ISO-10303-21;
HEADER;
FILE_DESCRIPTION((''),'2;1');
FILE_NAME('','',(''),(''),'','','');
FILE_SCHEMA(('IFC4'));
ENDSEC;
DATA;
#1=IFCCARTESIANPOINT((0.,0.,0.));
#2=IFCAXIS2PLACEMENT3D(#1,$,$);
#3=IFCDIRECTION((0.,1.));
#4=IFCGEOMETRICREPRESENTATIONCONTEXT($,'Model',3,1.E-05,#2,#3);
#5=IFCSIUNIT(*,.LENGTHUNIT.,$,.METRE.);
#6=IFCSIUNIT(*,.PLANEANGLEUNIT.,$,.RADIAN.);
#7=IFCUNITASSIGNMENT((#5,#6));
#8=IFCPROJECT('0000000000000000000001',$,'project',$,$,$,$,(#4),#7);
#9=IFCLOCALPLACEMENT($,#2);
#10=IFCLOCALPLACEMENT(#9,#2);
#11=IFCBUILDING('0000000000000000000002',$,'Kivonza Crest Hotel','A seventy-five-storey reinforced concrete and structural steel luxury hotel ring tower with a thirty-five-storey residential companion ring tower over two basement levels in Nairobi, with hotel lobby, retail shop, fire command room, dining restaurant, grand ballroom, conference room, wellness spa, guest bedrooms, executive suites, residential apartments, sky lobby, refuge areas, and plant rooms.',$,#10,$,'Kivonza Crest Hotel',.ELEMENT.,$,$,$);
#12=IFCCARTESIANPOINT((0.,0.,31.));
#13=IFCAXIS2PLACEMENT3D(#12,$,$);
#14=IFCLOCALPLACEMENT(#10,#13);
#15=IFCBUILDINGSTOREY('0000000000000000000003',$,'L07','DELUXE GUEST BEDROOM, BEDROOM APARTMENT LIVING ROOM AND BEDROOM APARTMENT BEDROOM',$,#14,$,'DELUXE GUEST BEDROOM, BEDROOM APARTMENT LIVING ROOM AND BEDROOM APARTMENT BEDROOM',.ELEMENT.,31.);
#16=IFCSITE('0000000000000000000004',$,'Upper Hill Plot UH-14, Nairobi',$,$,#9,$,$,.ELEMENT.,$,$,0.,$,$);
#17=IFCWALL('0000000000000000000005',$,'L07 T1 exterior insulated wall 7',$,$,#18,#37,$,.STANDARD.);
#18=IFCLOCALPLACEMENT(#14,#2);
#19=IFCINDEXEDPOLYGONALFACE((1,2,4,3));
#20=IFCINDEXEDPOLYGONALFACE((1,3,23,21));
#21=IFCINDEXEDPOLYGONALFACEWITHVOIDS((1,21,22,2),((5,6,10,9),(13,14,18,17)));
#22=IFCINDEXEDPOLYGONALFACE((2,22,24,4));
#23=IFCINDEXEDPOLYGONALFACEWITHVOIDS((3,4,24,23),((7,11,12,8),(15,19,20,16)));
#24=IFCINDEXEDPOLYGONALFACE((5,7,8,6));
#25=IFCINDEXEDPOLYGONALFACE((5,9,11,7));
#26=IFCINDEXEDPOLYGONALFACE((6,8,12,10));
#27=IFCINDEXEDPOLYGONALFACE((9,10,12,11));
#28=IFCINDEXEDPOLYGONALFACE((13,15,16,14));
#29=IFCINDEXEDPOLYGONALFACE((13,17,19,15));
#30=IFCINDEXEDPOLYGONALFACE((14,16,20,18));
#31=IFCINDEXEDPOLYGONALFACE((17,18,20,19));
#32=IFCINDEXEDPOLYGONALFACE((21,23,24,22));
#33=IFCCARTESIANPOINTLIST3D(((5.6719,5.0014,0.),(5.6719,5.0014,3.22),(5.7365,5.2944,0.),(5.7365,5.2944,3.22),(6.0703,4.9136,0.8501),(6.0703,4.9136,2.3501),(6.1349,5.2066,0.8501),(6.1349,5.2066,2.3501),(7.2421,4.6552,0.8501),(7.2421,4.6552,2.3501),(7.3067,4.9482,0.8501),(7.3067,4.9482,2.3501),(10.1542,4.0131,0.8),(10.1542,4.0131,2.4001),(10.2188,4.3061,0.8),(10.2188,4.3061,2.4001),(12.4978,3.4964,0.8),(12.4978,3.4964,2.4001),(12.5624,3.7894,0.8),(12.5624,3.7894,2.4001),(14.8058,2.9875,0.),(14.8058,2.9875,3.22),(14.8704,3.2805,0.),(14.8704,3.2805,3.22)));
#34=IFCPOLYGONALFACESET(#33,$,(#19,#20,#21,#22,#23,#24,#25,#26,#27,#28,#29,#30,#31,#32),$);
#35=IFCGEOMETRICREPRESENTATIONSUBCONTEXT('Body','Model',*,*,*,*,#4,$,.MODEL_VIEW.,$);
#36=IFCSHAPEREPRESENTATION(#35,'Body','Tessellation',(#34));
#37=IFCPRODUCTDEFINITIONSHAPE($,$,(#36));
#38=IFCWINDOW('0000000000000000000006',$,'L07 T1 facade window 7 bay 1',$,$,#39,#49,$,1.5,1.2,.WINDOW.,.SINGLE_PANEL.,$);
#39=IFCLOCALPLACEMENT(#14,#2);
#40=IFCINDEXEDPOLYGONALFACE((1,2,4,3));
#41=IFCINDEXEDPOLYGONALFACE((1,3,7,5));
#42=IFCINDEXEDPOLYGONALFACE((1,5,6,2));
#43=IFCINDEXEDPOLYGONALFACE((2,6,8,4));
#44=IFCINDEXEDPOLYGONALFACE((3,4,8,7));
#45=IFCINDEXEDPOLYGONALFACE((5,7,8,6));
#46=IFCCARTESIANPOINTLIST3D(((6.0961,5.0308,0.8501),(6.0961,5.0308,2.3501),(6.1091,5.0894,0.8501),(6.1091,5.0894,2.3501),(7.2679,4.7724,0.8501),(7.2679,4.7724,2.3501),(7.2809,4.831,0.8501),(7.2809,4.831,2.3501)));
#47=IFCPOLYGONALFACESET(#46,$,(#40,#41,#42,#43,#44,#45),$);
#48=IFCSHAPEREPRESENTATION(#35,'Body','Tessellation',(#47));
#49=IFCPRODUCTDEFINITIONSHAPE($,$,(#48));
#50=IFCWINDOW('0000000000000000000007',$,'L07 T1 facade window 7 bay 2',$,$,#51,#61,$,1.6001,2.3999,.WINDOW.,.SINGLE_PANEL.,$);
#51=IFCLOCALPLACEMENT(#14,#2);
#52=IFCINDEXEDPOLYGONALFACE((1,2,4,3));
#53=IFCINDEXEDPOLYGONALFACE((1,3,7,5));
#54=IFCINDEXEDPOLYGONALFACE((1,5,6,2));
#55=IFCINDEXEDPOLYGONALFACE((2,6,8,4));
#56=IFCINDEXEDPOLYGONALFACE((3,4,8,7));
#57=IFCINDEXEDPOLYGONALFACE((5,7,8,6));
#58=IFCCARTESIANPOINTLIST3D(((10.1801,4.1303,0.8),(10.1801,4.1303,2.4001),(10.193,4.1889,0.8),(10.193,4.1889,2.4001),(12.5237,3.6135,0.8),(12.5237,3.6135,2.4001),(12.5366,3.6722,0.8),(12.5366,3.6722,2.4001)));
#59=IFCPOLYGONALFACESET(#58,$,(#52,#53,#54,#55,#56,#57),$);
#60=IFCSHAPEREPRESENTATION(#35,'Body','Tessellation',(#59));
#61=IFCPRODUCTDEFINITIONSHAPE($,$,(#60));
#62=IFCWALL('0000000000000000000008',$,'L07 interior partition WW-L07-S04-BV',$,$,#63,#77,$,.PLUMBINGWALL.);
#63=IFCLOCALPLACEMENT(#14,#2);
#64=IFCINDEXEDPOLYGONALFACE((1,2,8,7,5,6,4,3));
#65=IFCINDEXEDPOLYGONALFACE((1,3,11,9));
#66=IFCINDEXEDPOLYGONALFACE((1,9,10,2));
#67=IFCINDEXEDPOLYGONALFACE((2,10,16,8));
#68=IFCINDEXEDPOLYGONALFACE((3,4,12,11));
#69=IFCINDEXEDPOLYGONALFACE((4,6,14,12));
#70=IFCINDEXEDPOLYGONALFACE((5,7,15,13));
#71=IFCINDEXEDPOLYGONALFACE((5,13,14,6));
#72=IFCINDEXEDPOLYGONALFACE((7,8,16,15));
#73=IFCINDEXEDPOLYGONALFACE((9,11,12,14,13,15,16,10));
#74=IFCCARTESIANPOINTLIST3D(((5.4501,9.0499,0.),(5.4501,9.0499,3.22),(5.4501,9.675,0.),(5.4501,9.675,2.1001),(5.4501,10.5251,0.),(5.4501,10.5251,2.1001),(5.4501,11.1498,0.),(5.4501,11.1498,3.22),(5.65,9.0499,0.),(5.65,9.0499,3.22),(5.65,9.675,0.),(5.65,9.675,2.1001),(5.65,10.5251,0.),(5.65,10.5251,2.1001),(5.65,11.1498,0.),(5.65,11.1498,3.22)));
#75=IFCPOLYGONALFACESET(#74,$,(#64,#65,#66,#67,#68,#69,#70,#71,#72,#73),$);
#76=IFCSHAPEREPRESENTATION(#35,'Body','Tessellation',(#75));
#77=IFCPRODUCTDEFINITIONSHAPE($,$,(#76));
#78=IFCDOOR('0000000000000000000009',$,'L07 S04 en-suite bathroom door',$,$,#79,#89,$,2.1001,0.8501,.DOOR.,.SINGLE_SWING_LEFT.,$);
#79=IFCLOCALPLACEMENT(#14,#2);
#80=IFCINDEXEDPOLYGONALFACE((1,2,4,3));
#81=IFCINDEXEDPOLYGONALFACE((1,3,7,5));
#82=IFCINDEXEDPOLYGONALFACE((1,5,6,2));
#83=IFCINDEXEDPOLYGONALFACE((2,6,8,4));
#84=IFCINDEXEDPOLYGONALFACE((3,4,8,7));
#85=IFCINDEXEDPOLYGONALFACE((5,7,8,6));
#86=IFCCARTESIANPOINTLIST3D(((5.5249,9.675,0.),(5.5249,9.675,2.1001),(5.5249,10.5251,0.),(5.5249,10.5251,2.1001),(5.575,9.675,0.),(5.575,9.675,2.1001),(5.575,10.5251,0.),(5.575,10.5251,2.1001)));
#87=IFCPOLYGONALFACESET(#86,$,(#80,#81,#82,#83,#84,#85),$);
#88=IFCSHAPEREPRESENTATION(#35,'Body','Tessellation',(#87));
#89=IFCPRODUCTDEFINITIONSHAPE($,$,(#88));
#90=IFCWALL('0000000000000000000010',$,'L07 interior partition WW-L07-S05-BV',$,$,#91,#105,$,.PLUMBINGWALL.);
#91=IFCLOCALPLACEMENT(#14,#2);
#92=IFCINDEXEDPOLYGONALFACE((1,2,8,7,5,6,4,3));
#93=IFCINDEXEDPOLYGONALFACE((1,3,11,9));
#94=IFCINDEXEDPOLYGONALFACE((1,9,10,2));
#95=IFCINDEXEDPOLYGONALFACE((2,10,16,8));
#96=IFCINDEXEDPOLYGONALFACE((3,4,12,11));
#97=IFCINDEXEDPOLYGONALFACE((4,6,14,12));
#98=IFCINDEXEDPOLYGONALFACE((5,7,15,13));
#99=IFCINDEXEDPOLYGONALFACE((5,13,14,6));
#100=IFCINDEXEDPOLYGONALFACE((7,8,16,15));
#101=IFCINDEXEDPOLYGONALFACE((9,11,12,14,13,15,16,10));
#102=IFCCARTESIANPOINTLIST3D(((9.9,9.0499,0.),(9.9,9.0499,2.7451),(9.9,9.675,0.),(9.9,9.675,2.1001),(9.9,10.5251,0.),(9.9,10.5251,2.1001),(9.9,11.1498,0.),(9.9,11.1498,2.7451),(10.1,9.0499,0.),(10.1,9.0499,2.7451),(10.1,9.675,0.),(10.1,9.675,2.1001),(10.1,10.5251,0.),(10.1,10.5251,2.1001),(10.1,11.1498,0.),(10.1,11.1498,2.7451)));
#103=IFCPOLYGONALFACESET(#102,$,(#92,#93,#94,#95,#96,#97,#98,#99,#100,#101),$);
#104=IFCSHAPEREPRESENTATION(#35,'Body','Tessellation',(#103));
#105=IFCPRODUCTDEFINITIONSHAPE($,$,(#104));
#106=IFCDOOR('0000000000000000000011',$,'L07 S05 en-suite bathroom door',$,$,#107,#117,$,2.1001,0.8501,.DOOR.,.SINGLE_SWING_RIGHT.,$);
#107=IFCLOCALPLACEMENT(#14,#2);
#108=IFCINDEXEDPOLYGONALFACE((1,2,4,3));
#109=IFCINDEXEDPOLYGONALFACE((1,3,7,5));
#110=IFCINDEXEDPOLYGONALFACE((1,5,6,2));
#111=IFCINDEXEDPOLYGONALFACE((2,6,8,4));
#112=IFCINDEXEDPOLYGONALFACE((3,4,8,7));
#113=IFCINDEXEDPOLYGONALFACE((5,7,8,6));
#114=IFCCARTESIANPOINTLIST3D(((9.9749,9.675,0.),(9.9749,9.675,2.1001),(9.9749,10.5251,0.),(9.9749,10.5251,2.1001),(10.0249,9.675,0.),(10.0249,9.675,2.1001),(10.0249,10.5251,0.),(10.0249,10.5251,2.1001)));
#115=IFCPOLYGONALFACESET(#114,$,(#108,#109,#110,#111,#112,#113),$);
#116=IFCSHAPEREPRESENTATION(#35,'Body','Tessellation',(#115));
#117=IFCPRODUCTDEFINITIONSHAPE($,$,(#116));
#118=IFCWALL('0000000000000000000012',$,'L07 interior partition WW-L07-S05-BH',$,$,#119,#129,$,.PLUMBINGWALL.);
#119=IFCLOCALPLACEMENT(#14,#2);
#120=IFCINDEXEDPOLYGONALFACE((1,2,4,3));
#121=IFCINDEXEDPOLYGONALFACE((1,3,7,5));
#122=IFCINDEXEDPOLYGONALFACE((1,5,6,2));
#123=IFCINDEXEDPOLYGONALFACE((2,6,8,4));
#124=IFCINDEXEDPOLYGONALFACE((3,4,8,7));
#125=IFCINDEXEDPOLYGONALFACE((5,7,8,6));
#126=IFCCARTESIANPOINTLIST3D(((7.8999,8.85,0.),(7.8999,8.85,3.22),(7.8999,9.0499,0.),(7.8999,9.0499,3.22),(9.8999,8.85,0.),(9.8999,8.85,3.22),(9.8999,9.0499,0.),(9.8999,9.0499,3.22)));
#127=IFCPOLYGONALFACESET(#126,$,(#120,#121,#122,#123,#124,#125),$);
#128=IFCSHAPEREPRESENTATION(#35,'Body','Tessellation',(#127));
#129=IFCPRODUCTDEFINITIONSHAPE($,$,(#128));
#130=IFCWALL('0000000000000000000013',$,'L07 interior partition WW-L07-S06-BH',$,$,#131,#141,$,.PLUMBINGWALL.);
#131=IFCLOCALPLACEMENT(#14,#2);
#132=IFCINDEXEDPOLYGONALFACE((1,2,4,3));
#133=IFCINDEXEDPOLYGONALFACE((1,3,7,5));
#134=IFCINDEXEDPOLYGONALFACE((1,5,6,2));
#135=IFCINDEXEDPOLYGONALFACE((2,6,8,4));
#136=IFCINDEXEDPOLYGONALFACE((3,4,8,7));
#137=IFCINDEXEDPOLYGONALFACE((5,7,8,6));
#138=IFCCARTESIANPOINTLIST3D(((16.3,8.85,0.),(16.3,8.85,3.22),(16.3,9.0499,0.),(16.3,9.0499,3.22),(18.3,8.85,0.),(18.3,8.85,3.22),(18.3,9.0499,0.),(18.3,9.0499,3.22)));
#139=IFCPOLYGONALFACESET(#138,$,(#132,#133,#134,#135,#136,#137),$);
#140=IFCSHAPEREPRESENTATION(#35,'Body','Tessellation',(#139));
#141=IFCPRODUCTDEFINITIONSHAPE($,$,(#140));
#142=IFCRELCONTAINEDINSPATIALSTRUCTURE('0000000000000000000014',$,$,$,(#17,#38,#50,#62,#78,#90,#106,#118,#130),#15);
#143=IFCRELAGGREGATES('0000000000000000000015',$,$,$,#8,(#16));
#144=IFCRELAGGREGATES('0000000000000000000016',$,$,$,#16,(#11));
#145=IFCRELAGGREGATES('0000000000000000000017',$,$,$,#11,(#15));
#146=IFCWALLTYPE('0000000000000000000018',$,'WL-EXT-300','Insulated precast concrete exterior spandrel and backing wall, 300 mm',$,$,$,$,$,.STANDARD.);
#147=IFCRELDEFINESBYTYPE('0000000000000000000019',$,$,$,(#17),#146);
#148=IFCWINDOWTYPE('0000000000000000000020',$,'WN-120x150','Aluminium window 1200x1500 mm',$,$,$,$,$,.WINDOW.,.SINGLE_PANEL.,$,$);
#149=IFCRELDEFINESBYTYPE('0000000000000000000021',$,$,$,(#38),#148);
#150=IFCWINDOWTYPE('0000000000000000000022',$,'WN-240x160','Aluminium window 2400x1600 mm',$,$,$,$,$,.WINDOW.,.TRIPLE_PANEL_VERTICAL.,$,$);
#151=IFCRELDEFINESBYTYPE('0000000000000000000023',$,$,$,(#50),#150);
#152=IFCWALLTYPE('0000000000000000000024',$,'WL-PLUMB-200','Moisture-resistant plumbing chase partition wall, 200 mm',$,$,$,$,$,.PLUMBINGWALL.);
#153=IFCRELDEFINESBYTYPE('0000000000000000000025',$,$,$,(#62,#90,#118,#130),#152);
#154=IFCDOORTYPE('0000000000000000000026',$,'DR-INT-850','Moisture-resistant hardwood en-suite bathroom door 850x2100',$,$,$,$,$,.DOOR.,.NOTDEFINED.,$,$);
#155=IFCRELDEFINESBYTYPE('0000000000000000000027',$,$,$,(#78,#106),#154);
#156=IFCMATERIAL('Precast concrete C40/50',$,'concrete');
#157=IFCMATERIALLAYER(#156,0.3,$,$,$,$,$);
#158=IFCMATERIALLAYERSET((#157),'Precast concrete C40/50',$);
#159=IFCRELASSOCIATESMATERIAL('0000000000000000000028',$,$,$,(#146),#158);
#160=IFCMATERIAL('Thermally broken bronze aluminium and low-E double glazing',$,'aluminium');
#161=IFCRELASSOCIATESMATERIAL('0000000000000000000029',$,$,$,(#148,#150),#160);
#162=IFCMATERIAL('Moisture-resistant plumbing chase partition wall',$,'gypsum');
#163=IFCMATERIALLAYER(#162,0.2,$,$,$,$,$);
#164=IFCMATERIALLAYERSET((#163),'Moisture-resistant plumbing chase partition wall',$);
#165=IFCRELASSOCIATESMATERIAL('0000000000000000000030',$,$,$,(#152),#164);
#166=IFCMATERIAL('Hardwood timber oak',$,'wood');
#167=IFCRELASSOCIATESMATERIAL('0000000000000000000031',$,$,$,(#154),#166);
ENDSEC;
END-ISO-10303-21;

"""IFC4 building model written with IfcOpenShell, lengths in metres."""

from ifc_helpers import new_model, si_unit, direction, frame, frame_2d, origin, place, context, subcontext, project, spatial, rectangle, extrude, material, layer, layer_set, type_object, element, fill, save


model = new_model("IFC4")

# Units and contexts
model_context = context("Model", 3, precision=1e-05, world=origin(), true_north=direction((0.0, 1.0)))
body_context = subcontext(model_context, "Body", "Model", "MODEL_VIEW")
ifc_project = project(units=[si_unit("LENGTHUNIT", "METRE"), si_unit("PLANEANGLEUNIT", "RADIAN")], contexts=[model_context])

# Site, building, storey
site_placement = place(None, origin())
site = spatial("IfcSite", under=ifc_project, at=site_placement, Name="Upper Hill Plot UH-14, Nairobi", CompositionType="ELEMENT", RefElevation=0.0)
building_placement = place(site_placement, origin())
building = spatial("IfcBuilding", under=site, at=building_placement, Name="Kivonza Crest Hotel", Description="A seventy-five-storey reinforced concrete and structural steel luxury hotel ring tower with a thirty-five-storey residential companion ring tower over two basement levels in Nairobi, with hotel lobby, retail shop, fire command room, dining restaurant, grand ballroom, conference room, wellness spa, guest bedrooms, executive suites, residential apartments, sky lobby, refuge areas, and plant rooms.", LongName="Kivonza Crest Hotel", CompositionType="ELEMENT")
storey_placement = place(building_placement, frame((0.0, 0.0, 31.0)))
storey = spatial("IfcBuildingStorey", under=building, at=storey_placement, Name="L07", Description="DELUXE GUEST BEDROOM, BEDROOM APARTMENT LIVING ROOM AND BEDROOM APARTMENT BEDROOM", LongName="DELUXE GUEST BEDROOM, BEDROOM APARTMENT LIVING ROOM AND BEDROOM APARTMENT BEDROOM", CompositionType="ELEMENT", Elevation=31.0)

# Wall, openings, windows
ifc_material_1 = material(Name="Precast concrete C40/50", Category="concrete")
ifc_layer_1 = layer(ifc_material_1, 0.3)
ifc_layer_set_1 = layer_set([ifc_layer_1], Name="Precast concrete C40/50")
wall_type_1 = type_object("IfcWallType", Name="WL-EXT-300", Description="Insulated precast concrete exterior spandrel and backing wall, 300 mm", PredefinedType="STANDARD", material=ifc_layer_set_1)
wall_1_placement = place(storey_placement, frame((5.7041, 5.1479, 0.0), z_axis=(0.0, 0.0, 1.0), x_axis=(0.976544, -0.215319, 0.0)))
wall_1 = element("IfcWall", 1, at=wall_1_placement, inside=storey, type_object=wall_type_1, Name="L07 T1 exterior insulated wall 7", PredefinedType="STANDARD", context=body_context, shape_type="SweptSolid", body=[
    extrude(rectangle(XDim=9.3533, YDim=0.3, at=frame_2d((4.6768, 0.0))), origin(), (0.0, 0.0, 1.0), 3.22),
])
opening_1_placement = place(wall_1_placement, frame((0.408, 0.0, 0.8501)))
opening_1 = element("IfcOpeningElement", 2, at=opening_1_placement, cuts=wall_1, PredefinedType="OPENING", context=body_context, shape_type="SweptSolid", body=[
    extrude(rectangle(XDim=1.2, YDim=1.5, at=frame_2d((0.6001, 0.75))), frame((0.0, 0.1602, 0.0), z_axis=(0.0, -1.0, 0.0), x_axis=(1.0, 0.0, 0.0)), (0.0, 0.0, 1.0), 0.3201),
])
opening_2_placement = place(wall_1_placement, frame((4.5901, 0.0, 0.8)))
opening_2 = element("IfcOpeningElement", 3, at=opening_2_placement, cuts=wall_1, PredefinedType="OPENING", context=body_context, shape_type="SweptSolid", body=[
    extrude(rectangle(XDim=2.3999, YDim=1.6001, at=frame_2d((1.2, 0.8))), frame((0.0, 0.1602, 0.0), z_axis=(0.0, -1.0, 0.0), x_axis=(1.0, 0.0, 0.0)), (0.0, 0.0, 1.0), 0.3201),
])
ifc_material_2 = material(Name="Thermally broken bronze aluminium and low-E double glazing", Category="aluminium")
window_type_1 = type_object("IfcWindowType", Name="WN-120x150", Description="Aluminium window 1200x1500 mm", PartitioningType="SINGLE_PANEL", PredefinedType="WINDOW", material=ifc_material_2)
window_1_placement = place(opening_1_placement, origin())
window_1 = element("IfcWindow", 4, at=window_1_placement, inside=storey, type_object=window_type_1, Name="L07 T1 facade window 7 bay 1", OverallHeight=1.5, OverallWidth=1.2, PartitioningType="SINGLE_PANEL", PredefinedType="WINDOW", context=body_context, shape_type="SweptSolid", body=[
    extrude(rectangle(XDim=1.2, YDim=1.5, at=frame_2d((0.6001, 0.75))), frame((0.0, 0.03, 0.0), z_axis=(0.0, -1.0, 0.0), x_axis=(1.0, 0.0, 0.0)), (0.0, 0.0, 1.0), 0.0601),
])
fill(opening_1, window_1)
window_type_2 = type_object("IfcWindowType", Name="WN-240x160", Description="Aluminium window 2400x1600 mm", PartitioningType="TRIPLE_PANEL_VERTICAL", PredefinedType="WINDOW", material=ifc_material_2)
window_2_placement = place(opening_2_placement, origin())
window_2 = element("IfcWindow", 5, at=window_2_placement, inside=storey, type_object=window_type_2, Name="L07 T1 facade window 7 bay 2", OverallHeight=1.6001, OverallWidth=2.3999, PartitioningType="SINGLE_PANEL", PredefinedType="WINDOW", context=body_context, shape_type="SweptSolid", body=[
    extrude(rectangle(XDim=2.3999, YDim=1.6001, at=frame_2d((1.2, 0.8))), frame((0.0, 0.03, 0.0), z_axis=(0.0, -1.0, 0.0), x_axis=(1.0, 0.0, 0.0)), (0.0, 0.0, 1.0), 0.0601),
])
fill(opening_2, window_2)

# Walls, openings, doors
ifc_material_3 = material(Name="Moisture-resistant plumbing chase partition wall", Category="gypsum")
ifc_layer_2 = layer(ifc_material_3, 0.2)
ifc_layer_set_2 = layer_set([ifc_layer_2], Name="Moisture-resistant plumbing chase partition wall")
wall_type_2 = type_object("IfcWallType", Name="WL-PLUMB-200", Description="Moisture-resistant plumbing chase partition wall, 200 mm", PredefinedType="PLUMBINGWALL", material=ifc_layer_set_2)
wall_2_placement = place(storey_placement, frame((5.55, 9.05, 0.0), z_axis=(0.0, 0.0, 1.0), x_axis=(0.0, 1.0, 0.0)))
wall_2 = element("IfcWall", 6, at=wall_2_placement, inside=storey, type_object=wall_type_2, Name="L07 interior partition WW-L07-S04-BV", PredefinedType="PLUMBINGWALL", context=body_context, shape_type="SweptSolid", body=[
    extrude(rectangle(XDim=2.0999, YDim=0.2, at=frame_2d((1.0498, 0.0))), origin(), (0.0, 0.0, 1.0), 3.22),
])
opening_3_placement = place(wall_2_placement, frame((0.625, 0.0, 0.0)))
opening_3 = element("IfcOpeningElement", 7, at=opening_3_placement, cuts=wall_2, PredefinedType="OPENING", context=body_context, shape_type="SweptSolid", body=[
    extrude(rectangle(XDim=0.8501, YDim=2.1001, at=frame_2d((0.425, 1.05))), frame((0.0, 0.1099, 0.0), z_axis=(0.0, -1.0, 0.0), x_axis=(1.0, 0.0, 0.0)), (0.0, 0.0, 1.0), 0.22),
])
ifc_material_4 = material(Name="Hardwood timber oak", Category="wood")
door_type = type_object("IfcDoorType", Name="DR-INT-850", Description="Moisture-resistant hardwood en-suite bathroom door 850x2100", OperationType="NOTDEFINED", PredefinedType="DOOR", material=ifc_material_4)
door_1_placement = place(opening_3_placement, frame((0.8501, 0.0, 0.0), z_axis=(0.0, 0.0, 1.0), x_axis=(-1.0, 0.0, 0.0)))
door_1 = element("IfcDoor", 8, at=door_1_placement, inside=storey, type_object=door_type, Name="L07 S04 en-suite bathroom door", OperationType="SINGLE_SWING_LEFT", OverallHeight=2.1001, OverallWidth=0.8501, PredefinedType="DOOR", context=body_context, shape_type="SweptSolid", body=[
    extrude(rectangle(XDim=0.8501, YDim=2.1001, at=frame_2d((0.425, 1.05))), frame((0.0, 0.0249, 0.0), z_axis=(0.0, -1.0, 0.0), x_axis=(1.0, 0.0, 0.0)), (0.0, 0.0, 1.0), 0.05),
])
fill(opening_3, door_1)
wall_3_placement = place(storey_placement, frame((10.0, 9.05, 0.0), z_axis=(0.0, 0.0, 1.0), x_axis=(0.0, 1.0, 0.0)))
wall_3 = element("IfcWall", 9, at=wall_3_placement, inside=storey, type_object=wall_type_2, Name="L07 interior partition WW-L07-S05-BV", PredefinedType="PLUMBINGWALL", context=body_context, shape_type="SweptSolid", body=[
    extrude(rectangle(XDim=2.0999, YDim=0.2, at=frame_2d((1.0498, 0.0))), origin(), (0.0, 0.0, 1.0), 2.7451),
])
opening_4_placement = place(wall_3_placement, frame((0.625, 0.0, 0.0)))
opening_4 = element("IfcOpeningElement", 10, at=opening_4_placement, cuts=wall_3, PredefinedType="OPENING", context=body_context, shape_type="SweptSolid", body=[
    extrude(rectangle(XDim=0.8501, YDim=2.1001, at=frame_2d((0.425, 1.05))), frame((0.0, 0.1099, 0.0), z_axis=(0.0, -1.0, 0.0), x_axis=(1.0, 0.0, 0.0)), (0.0, 0.0, 1.0), 0.22),
])
door_2_placement = place(opening_4_placement, frame((0.8501, 0.0, 0.0), z_axis=(0.0, 0.0, 1.0), x_axis=(-1.0, 0.0, 0.0)))
door_2 = element("IfcDoor", 11, at=door_2_placement, inside=storey, type_object=door_type, Name="L07 S05 en-suite bathroom door", OperationType="SINGLE_SWING_RIGHT", OverallHeight=2.1001, OverallWidth=0.8501, PredefinedType="DOOR", context=body_context, shape_type="SweptSolid", body=[
    extrude(rectangle(XDim=0.8501, YDim=2.1001, at=frame_2d((0.425, 1.05))), frame((0.0, 0.0249, 0.0), z_axis=(0.0, -1.0, 0.0), x_axis=(1.0, 0.0, 0.0)), (0.0, 0.0, 1.0), 0.05),
])
fill(opening_4, door_2)

# Walls
for number, where, z_axis, x_axis, name in (
    (12, (7.8999, 8.95, 0.0), (0.0, 0.0, 1.0), (1.0, 0.0, 0.0), "L07 interior partition WW-L07-S05-BH"),
    (13, (16.3, 8.95, 0.0), (0.0, 0.0, 1.0), (1.0, 0.0, 0.0), "L07 interior partition WW-L07-S06-BH"),
):
    element("IfcWall", number, at=place(storey_placement, frame(where, z_axis=z_axis, x_axis=x_axis)), inside=storey, type_object=wall_type_2, Name=name, PredefinedType="PLUMBINGWALL", context=body_context, shape_type="SweptSolid", body=[
        extrude(rectangle(XDim=2.0, YDim=0.2, at=frame_2d((1.0, 0.0))), origin(), (0.0, 0.0, 1.0), 3.22),
    ])

save(model, "model.ifc")
